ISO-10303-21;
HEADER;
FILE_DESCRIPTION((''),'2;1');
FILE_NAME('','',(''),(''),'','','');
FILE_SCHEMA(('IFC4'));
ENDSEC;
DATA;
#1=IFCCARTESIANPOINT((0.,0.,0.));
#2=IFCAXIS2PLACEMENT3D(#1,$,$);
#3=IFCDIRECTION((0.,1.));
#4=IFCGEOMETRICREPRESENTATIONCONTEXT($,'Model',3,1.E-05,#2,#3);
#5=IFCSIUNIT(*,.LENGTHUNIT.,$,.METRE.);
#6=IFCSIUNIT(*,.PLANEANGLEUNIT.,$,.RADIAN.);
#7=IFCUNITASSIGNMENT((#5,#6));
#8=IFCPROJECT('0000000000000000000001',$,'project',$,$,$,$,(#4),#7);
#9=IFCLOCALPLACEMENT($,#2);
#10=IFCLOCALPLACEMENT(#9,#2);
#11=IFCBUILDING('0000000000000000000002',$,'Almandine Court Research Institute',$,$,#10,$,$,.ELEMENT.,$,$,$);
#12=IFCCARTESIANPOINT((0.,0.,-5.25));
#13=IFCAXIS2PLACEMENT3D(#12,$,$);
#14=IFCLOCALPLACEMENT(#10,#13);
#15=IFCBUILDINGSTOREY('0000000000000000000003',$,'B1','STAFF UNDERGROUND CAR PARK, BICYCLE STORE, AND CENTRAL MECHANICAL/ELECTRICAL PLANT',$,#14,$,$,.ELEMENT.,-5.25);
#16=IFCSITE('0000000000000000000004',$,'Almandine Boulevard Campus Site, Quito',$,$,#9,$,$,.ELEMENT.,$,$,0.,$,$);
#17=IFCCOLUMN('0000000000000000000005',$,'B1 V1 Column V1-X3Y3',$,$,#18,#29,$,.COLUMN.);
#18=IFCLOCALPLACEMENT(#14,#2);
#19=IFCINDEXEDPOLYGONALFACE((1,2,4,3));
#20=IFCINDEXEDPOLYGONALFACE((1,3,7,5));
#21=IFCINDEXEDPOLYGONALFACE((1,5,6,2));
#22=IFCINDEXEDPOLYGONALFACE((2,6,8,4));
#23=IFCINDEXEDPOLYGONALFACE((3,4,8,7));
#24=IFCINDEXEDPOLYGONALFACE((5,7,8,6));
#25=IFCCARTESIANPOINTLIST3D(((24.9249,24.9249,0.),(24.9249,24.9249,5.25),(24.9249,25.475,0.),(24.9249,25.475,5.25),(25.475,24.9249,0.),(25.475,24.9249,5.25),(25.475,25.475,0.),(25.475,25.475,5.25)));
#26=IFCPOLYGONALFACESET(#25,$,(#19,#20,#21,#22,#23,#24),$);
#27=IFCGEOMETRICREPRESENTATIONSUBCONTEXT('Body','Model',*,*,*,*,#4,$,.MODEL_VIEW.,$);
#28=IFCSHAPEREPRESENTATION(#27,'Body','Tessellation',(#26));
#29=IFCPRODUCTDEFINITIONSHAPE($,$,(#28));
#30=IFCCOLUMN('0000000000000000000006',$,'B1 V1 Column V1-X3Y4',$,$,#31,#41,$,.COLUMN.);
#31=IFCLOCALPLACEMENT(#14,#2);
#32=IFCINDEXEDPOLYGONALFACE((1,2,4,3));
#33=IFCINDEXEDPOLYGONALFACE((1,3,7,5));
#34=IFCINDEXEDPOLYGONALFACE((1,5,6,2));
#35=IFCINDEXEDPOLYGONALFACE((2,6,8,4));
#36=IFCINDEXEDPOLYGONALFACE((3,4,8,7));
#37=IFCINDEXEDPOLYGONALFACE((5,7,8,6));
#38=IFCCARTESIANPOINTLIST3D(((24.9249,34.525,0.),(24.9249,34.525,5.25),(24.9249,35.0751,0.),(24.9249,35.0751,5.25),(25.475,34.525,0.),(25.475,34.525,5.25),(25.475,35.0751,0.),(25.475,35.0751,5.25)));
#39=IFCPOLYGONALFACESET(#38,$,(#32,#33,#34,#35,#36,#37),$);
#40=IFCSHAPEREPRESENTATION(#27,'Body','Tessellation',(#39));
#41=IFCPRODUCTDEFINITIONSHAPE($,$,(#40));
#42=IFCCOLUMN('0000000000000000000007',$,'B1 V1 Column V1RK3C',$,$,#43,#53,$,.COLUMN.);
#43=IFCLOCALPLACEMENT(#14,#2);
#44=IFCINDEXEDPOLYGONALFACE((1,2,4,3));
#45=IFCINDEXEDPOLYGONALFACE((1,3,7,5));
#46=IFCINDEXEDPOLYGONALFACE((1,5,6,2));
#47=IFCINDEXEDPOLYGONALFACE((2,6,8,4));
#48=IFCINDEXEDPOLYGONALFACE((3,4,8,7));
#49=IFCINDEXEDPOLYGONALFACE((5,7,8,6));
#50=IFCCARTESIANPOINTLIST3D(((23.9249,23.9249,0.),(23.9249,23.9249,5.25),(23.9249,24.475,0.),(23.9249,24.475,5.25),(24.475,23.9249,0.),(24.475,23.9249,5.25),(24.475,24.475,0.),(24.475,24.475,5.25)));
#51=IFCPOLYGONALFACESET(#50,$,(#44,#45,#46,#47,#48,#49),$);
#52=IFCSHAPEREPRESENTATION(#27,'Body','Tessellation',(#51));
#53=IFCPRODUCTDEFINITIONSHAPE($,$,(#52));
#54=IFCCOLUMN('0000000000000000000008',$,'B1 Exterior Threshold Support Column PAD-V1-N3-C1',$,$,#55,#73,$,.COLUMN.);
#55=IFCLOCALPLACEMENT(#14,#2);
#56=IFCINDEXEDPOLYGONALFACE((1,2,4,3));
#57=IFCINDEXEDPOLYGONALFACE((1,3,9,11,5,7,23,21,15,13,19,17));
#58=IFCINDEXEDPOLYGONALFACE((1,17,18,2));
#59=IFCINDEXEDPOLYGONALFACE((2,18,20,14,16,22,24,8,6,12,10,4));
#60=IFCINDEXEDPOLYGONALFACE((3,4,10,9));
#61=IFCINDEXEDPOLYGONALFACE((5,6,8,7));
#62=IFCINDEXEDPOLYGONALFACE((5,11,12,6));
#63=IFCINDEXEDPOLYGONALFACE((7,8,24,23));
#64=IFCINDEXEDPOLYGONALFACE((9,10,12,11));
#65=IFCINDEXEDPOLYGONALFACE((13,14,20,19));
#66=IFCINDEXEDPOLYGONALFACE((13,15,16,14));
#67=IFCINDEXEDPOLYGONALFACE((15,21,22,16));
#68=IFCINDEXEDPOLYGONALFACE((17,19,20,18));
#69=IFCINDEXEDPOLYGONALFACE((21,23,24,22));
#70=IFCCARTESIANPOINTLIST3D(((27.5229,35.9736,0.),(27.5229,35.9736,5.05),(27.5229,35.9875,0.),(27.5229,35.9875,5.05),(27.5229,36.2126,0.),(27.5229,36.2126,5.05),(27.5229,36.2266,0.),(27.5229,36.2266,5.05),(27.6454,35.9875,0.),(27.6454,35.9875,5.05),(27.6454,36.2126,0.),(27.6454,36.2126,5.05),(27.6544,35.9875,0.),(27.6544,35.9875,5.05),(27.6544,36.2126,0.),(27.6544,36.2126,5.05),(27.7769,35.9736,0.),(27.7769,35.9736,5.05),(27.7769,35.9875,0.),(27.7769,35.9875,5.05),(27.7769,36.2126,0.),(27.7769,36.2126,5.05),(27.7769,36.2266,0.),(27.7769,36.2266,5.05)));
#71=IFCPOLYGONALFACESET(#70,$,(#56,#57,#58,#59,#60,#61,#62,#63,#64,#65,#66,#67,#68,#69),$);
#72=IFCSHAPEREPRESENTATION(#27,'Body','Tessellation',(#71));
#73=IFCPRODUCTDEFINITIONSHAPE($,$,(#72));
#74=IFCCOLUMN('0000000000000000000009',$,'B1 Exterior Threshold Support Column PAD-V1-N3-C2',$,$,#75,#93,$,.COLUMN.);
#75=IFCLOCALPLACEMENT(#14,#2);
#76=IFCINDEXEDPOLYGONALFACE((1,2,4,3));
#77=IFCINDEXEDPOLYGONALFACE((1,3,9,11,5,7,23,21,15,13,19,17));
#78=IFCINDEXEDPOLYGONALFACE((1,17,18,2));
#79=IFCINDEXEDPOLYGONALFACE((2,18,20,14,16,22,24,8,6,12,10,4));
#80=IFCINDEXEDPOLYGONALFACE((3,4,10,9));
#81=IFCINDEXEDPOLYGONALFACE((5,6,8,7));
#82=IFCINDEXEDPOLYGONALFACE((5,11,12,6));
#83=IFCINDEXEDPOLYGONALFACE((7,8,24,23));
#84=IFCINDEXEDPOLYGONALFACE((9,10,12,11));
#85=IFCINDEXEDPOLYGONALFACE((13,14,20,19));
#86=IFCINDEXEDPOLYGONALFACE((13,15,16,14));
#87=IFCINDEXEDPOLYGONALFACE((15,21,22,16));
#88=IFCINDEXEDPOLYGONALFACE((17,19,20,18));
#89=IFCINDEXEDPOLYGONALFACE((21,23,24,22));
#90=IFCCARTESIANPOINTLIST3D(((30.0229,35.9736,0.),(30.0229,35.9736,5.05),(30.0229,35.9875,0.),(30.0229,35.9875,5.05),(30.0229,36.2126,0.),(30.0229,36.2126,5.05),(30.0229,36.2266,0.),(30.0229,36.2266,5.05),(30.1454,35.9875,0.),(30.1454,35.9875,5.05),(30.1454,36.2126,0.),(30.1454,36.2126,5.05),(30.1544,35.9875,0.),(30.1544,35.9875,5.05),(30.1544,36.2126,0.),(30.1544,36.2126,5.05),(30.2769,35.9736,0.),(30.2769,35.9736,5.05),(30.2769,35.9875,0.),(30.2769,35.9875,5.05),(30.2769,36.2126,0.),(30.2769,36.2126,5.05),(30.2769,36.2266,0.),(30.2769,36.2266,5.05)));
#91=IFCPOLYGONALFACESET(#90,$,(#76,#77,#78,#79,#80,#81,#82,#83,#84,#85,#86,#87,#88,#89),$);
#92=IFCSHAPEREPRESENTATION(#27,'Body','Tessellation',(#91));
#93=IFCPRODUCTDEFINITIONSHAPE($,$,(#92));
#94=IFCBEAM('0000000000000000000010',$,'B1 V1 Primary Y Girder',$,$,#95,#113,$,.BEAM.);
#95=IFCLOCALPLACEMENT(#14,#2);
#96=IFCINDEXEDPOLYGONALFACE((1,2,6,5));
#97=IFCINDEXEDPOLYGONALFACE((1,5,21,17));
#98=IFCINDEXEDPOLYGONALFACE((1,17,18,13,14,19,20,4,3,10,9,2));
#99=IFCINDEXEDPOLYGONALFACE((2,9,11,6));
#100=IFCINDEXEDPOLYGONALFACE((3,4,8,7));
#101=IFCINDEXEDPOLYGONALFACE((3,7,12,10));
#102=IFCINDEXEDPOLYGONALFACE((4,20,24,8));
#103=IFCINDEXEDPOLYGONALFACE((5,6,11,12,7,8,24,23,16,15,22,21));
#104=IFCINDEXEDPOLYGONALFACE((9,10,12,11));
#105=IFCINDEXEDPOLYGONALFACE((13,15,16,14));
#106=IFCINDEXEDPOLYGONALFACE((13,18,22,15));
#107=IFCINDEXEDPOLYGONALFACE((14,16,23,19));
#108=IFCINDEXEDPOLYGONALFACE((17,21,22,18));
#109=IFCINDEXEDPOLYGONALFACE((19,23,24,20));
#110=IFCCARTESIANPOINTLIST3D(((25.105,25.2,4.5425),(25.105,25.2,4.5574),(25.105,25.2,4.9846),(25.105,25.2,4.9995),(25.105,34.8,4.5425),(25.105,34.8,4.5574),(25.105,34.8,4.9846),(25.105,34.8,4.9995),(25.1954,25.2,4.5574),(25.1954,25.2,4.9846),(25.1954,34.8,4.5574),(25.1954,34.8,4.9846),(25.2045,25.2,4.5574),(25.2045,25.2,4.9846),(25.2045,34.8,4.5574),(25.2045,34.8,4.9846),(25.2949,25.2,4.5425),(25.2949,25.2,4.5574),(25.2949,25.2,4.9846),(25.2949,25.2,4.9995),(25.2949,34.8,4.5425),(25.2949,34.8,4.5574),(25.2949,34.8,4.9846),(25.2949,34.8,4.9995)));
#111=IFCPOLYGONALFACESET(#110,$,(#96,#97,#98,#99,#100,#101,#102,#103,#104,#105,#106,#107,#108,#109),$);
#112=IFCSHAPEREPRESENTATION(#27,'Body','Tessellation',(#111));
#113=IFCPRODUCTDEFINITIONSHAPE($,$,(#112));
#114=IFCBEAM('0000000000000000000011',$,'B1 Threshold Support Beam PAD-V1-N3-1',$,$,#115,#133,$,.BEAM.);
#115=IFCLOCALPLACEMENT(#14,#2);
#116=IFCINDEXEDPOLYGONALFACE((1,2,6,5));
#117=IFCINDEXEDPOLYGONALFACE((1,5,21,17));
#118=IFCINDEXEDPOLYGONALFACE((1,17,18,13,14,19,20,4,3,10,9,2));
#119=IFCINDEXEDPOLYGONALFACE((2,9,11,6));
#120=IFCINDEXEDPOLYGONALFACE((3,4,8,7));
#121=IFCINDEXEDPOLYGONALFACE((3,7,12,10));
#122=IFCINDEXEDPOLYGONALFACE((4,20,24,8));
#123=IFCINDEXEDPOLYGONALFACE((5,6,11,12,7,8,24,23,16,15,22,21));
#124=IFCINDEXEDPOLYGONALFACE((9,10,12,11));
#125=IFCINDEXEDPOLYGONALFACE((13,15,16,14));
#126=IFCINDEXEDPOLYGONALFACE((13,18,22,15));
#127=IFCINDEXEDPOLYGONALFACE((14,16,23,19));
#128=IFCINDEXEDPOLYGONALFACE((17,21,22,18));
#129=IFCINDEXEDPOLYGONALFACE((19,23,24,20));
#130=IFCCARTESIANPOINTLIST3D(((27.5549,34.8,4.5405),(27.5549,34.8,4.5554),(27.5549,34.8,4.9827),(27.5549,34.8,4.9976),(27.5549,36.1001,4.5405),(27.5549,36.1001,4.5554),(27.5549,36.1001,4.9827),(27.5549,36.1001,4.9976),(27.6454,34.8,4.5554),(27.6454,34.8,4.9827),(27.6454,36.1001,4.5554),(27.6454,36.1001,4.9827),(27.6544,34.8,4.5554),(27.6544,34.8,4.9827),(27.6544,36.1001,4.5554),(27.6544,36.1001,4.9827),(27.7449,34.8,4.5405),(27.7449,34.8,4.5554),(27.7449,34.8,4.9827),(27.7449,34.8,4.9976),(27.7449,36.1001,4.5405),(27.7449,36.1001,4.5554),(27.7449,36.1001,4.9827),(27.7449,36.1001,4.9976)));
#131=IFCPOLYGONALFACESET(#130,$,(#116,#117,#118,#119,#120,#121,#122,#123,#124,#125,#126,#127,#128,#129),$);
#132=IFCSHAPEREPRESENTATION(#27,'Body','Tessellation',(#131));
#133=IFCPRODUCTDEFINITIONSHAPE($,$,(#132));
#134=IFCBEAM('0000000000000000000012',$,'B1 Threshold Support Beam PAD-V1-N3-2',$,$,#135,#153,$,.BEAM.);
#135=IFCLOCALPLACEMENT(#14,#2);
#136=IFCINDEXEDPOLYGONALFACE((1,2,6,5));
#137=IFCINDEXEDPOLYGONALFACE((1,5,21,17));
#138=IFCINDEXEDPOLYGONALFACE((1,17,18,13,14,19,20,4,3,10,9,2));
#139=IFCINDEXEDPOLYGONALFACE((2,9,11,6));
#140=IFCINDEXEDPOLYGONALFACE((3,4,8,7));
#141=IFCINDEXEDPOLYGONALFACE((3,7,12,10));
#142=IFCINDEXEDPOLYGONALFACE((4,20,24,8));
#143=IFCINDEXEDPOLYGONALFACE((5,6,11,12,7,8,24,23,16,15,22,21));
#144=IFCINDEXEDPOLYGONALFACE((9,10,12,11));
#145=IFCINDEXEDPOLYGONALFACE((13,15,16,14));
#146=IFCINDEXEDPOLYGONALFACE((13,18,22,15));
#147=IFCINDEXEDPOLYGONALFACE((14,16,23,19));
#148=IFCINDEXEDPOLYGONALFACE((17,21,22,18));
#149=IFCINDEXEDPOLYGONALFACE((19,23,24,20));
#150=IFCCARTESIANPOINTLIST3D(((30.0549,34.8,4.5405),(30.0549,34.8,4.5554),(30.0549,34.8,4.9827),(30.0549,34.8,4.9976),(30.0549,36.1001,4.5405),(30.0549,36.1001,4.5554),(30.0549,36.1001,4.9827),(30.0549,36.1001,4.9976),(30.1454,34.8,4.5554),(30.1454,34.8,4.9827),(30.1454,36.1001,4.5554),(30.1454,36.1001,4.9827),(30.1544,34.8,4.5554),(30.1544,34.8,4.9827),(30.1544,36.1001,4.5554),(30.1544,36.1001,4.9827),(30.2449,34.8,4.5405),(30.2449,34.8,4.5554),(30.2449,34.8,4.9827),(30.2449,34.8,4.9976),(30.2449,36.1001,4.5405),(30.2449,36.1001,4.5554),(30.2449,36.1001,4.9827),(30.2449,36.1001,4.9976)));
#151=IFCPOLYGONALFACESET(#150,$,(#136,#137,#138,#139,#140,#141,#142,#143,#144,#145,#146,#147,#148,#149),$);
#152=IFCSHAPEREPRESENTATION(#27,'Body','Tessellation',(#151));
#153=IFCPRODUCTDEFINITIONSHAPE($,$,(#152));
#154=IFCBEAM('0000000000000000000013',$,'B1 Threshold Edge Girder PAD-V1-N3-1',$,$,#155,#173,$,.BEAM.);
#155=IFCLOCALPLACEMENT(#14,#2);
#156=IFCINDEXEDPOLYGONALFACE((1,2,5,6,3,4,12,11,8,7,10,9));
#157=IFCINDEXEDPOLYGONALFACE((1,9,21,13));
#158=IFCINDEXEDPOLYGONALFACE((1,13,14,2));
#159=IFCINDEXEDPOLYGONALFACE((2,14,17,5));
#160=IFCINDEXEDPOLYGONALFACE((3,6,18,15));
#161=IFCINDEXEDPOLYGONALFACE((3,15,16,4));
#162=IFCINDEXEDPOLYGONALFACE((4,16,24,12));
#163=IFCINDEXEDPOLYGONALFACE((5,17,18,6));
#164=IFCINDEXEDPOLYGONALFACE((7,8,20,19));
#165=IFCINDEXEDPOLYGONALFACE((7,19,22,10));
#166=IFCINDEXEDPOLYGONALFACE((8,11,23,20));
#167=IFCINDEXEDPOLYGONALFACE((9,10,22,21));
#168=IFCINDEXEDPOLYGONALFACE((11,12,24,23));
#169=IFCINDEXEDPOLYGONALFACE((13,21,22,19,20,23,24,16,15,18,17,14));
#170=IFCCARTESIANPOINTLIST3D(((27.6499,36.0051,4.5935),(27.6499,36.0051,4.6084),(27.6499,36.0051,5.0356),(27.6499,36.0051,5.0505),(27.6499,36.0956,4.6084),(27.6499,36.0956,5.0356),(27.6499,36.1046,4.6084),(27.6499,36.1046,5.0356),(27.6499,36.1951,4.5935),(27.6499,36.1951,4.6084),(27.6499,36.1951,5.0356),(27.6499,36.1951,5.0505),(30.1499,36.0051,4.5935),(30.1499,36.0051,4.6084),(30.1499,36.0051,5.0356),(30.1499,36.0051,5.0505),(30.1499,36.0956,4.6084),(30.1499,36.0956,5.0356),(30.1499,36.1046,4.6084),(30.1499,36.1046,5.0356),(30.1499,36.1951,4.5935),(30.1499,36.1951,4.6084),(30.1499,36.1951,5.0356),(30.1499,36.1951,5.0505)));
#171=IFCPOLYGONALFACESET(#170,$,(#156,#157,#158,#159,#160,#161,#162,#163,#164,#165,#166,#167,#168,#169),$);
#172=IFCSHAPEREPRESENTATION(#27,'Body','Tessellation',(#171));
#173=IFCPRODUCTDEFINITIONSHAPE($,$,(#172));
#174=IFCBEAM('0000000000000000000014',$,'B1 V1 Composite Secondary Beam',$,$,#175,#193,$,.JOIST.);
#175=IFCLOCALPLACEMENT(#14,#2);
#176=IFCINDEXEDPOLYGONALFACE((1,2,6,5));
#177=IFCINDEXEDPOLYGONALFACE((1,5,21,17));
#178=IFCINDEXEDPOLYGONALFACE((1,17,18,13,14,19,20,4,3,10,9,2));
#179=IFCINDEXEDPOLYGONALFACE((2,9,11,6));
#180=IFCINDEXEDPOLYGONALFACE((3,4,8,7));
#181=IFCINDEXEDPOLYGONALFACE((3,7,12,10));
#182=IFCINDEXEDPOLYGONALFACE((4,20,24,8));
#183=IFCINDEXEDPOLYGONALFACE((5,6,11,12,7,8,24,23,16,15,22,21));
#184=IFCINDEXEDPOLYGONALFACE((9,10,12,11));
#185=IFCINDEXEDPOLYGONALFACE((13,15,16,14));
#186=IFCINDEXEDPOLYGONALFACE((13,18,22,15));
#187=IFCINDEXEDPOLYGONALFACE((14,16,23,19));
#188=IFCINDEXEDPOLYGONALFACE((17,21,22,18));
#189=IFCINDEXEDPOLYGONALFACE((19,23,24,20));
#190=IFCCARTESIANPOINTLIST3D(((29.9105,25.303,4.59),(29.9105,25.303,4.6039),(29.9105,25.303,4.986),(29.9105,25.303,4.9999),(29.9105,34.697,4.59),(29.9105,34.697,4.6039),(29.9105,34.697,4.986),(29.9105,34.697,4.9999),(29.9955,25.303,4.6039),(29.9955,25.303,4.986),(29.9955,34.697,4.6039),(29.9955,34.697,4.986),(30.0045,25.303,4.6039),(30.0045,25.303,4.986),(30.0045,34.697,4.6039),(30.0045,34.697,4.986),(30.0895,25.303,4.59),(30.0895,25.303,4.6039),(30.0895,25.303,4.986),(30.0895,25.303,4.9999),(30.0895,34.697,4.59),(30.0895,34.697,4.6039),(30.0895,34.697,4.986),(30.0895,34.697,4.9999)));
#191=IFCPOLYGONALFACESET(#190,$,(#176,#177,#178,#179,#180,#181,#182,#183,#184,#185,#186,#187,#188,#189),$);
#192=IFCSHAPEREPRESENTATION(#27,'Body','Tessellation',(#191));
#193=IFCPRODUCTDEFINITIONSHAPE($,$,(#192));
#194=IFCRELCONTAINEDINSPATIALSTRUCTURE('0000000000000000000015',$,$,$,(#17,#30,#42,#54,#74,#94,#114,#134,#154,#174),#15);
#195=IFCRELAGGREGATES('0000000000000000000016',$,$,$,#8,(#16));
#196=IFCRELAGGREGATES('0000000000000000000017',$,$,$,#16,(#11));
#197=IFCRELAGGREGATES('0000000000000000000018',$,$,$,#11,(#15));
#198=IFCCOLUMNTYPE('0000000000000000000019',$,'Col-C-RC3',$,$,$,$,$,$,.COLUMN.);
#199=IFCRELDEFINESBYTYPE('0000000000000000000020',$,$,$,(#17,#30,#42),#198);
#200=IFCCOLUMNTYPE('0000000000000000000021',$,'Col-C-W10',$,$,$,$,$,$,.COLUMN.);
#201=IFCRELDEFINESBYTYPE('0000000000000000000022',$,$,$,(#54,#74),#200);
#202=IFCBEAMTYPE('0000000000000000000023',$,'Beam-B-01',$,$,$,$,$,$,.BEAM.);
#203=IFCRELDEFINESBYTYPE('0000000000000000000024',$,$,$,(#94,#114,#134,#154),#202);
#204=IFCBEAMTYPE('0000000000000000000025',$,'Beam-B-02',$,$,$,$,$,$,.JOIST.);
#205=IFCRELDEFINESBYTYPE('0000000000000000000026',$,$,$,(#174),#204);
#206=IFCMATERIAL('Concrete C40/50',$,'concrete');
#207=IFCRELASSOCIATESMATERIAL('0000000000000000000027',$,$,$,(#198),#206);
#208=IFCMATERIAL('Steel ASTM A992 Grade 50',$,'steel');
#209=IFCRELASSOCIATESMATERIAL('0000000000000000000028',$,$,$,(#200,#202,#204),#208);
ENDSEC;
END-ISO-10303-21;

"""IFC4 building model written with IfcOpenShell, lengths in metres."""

from ifc_helpers import new_model, si_unit, direction, frame, origin, origin_2d, place, context, subcontext, project, spatial, rectangle, i_section, extrude, material, material_profile, profile_set, type_object, element, save


model = new_model("IFC4")

# Units and contexts
model_context = context("Model", 3, precision=1e-05, world=origin(), true_north=direction((0.0, 1.0)))
body_context = subcontext(model_context, "Body", "Model", "MODEL_VIEW")
ifc_project = project(units=[si_unit("LENGTHUNIT", "METRE"), si_unit("PLANEANGLEUNIT", "RADIAN")], contexts=[model_context])

# Site, building, storey
site_placement = place(None, origin())
site = spatial("IfcSite", under=ifc_project, at=site_placement, Name="Almandine Boulevard Campus Site, Quito", CompositionType="ELEMENT", RefElevation=0.0)
building_placement = place(site_placement, origin())
building = spatial("IfcBuilding", under=site, at=building_placement, Name="Almandine Court Research Institute", CompositionType="ELEMENT")
storey_placement = place(building_placement, frame((0.0, 0.0, -5.25)))
storey = spatial("IfcBuildingStorey", under=building, at=storey_placement, Name="B1", Description="STAFF UNDERGROUND CAR PARK, BICYCLE STORE, AND CENTRAL MECHANICAL/ELECTRICAL PLANT", CompositionType="ELEMENT", Elevation=-5.25)

# Columns
ifc_material_1 = material(Name="Concrete C40/50", Category="concrete")
ifc_material_profile_1 = material_profile(ifc_material_1, rectangle(XDim=0.55, YDim=0.55, at=origin_2d()), Name="RC 550x550")
ifc_profile_set_1 = profile_set([ifc_material_profile_1], Name="Concrete C40/50")
column_type_1 = type_object("IfcColumnType", Name="Col-C-RC3", PredefinedType="COLUMN", material=ifc_profile_set_1)
for number, where, z_axis, x_axis, name in (
    (1, (25.2, 25.2, 0.0), (0.0, 0.0, 1.0), (1.0, 0.0, 0.0), "B1 V1 Column V1-X3Y3"),
    (2, (25.2, 34.8, 0.0), (0.0, 0.0, 1.0), (1.0, 0.0, 0.0), "B1 V1 Column V1-X3Y4"),
    (3, (24.2, 24.2, 0.0), (0.0, 0.0, 1.0), (1.0, 0.0, 0.0), "B1 V1 Column V1RK3C"),
):
    element("IfcColumn", number, at=place(storey_placement, frame(where, z_axis=z_axis, x_axis=x_axis)), inside=storey, type_object=column_type_1, Name=name, PredefinedType="COLUMN", context=body_context, shape_type="SweptSolid", body=[
        extrude(rectangle(XDim=0.55, YDim=0.55, at=origin_2d()), origin(), (0.0, 0.0, 1.0), 5.25),
    ])
ifc_material_2 = material(Name="Steel ASTM A992 Grade 50", Category="steel")
ifc_material_profile_2 = material_profile(ifc_material_2, i_section(OverallWidth=0.2539, OverallDepth=0.2529, WebThickness=0.009, FlangeThickness=0.0139, at=origin_2d()), Name="W250x73")
ifc_profile_set_2 = profile_set([ifc_material_profile_2], Name="Steel ASTM A992 Grade 50")
column_type_2 = type_object("IfcColumnType", Name="Col-C-W10", PredefinedType="COLUMN", material=ifc_profile_set_2)
for number, where, z_axis, x_axis, name in (
    (4, (27.6499, 36.1001, 0.0), (0.0, 0.0, 1.0), (1.0, 0.0, 0.0), "B1 Exterior Threshold Support Column PAD-V1-N3-C1"),
    (5, (30.1499, 36.1001, 0.0), (0.0, 0.0, 1.0), (1.0, 0.0, 0.0), "B1 Exterior Threshold Support Column PAD-V1-N3-C2"),
):
    element("IfcColumn", number, at=place(storey_placement, frame(where, z_axis=z_axis, x_axis=x_axis)), inside=storey, type_object=column_type_2, Name=name, PredefinedType="COLUMN", context=body_context, shape_type="SweptSolid", body=[
        extrude(i_section(OverallWidth=0.2539, OverallDepth=0.2529, WebThickness=0.009, FlangeThickness=0.0139, at=origin_2d()), origin(), (0.0, 0.0, 1.0), 5.05),
    ])

# Beams
ifc_material_profile_3 = material_profile(ifc_material_2, i_section(OverallWidth=0.1899, OverallDepth=0.457, WebThickness=0.009, FlangeThickness=0.0149, at=origin_2d()), Name="W460x74")
ifc_profile_set_3 = profile_set([ifc_material_profile_3], Name="Steel ASTM A992 Grade 50")
beam_type_1 = type_object("IfcBeamType", Name="Beam-B-01", PredefinedType="BEAM", material=ifc_profile_set_3)
beam_1_placement = place(storey_placement, frame((25.2, 25.2, 4.771), z_axis=(0.0, 1.0, 0.0), x_axis=(-1.0, 0.0, 0.0)))
element("IfcBeam", 6, at=beam_1_placement, inside=storey, type_object=beam_type_1, Name="B1 V1 Primary Y Girder", PredefinedType="BEAM", context=body_context, shape_type="SweptSolid", body=[
    extrude(i_section(OverallWidth=0.1899, OverallDepth=0.457, WebThickness=0.009, FlangeThickness=0.0149, at=origin_2d()), origin(), (0.0, 0.0, 1.0), 9.6001),
])
for number, where, z_axis, x_axis, name in (
    (7, (27.6499, 36.1001, 4.769), (0.0, -1.0, 0.0), (1.0, 0.0, 0.0), "B1 Threshold Support Beam PAD-V1-N3-1"),
    (8, (30.1499, 36.1001, 4.769), (0.0, -1.0, 0.0), (1.0, 0.0, 0.0), "B1 Threshold Support Beam PAD-V1-N3-2"),
):
    element("IfcBeam", number, at=place(storey_placement, frame(where, z_axis=z_axis, x_axis=x_axis)), inside=storey, type_object=beam_type_1, Name=name, PredefinedType="BEAM", context=body_context, shape_type="SweptSolid", body=[
        extrude(i_section(OverallWidth=0.1899, OverallDepth=0.457, WebThickness=0.009, FlangeThickness=0.0149, at=origin_2d()), origin(), (0.0, 0.0, 1.0), 1.3),
    ])
beam_2_placement = place(storey_placement, frame((27.6499, 36.1001, 4.822), z_axis=(1.0, 0.0, 0.0), x_axis=(0.0, 1.0, 0.0)))
element("IfcBeam", 9, at=beam_2_placement, inside=storey, type_object=beam_type_1, Name="B1 Threshold Edge Girder PAD-V1-N3-1", PredefinedType="BEAM", context=body_context, shape_type="SweptSolid", body=[
    extrude(i_section(OverallWidth=0.1899, OverallDepth=0.457, WebThickness=0.009, FlangeThickness=0.0149, at=origin_2d()), origin(), (0.0, 0.0, 1.0), 2.5),
])
ifc_material_profile_4 = material_profile(ifc_material_2, i_section(OverallWidth=0.179, OverallDepth=0.4099, WebThickness=0.009, FlangeThickness=0.0139, at=origin_2d()), Name="W410x67")
ifc_profile_set_4 = profile_set([ifc_material_profile_4], Name="Steel ASTM A992 Grade 50")
beam_type_2 = type_object("IfcBeamType", Name="Beam-B-02", PredefinedType="JOIST", material=ifc_profile_set_4)
beam_3_placement = place(storey_placement, frame((30.0, 25.303, 4.7949), z_axis=(0.0, 1.0, 0.0), x_axis=(-1.0, 0.0, 0.0)))
element("IfcBeam", 10, at=beam_3_placement, inside=storey, type_object=beam_type_2, Name="B1 V1 Composite Secondary Beam", PredefinedType="JOIST", context=body_context, shape_type="SweptSolid", body=[
    extrude(i_section(OverallWidth=0.179, OverallDepth=0.4099, WebThickness=0.009, FlangeThickness=0.0139, at=origin_2d()), origin(), (0.0, 0.0, 1.0), 9.394),
])

save(model, "model.ifc")
